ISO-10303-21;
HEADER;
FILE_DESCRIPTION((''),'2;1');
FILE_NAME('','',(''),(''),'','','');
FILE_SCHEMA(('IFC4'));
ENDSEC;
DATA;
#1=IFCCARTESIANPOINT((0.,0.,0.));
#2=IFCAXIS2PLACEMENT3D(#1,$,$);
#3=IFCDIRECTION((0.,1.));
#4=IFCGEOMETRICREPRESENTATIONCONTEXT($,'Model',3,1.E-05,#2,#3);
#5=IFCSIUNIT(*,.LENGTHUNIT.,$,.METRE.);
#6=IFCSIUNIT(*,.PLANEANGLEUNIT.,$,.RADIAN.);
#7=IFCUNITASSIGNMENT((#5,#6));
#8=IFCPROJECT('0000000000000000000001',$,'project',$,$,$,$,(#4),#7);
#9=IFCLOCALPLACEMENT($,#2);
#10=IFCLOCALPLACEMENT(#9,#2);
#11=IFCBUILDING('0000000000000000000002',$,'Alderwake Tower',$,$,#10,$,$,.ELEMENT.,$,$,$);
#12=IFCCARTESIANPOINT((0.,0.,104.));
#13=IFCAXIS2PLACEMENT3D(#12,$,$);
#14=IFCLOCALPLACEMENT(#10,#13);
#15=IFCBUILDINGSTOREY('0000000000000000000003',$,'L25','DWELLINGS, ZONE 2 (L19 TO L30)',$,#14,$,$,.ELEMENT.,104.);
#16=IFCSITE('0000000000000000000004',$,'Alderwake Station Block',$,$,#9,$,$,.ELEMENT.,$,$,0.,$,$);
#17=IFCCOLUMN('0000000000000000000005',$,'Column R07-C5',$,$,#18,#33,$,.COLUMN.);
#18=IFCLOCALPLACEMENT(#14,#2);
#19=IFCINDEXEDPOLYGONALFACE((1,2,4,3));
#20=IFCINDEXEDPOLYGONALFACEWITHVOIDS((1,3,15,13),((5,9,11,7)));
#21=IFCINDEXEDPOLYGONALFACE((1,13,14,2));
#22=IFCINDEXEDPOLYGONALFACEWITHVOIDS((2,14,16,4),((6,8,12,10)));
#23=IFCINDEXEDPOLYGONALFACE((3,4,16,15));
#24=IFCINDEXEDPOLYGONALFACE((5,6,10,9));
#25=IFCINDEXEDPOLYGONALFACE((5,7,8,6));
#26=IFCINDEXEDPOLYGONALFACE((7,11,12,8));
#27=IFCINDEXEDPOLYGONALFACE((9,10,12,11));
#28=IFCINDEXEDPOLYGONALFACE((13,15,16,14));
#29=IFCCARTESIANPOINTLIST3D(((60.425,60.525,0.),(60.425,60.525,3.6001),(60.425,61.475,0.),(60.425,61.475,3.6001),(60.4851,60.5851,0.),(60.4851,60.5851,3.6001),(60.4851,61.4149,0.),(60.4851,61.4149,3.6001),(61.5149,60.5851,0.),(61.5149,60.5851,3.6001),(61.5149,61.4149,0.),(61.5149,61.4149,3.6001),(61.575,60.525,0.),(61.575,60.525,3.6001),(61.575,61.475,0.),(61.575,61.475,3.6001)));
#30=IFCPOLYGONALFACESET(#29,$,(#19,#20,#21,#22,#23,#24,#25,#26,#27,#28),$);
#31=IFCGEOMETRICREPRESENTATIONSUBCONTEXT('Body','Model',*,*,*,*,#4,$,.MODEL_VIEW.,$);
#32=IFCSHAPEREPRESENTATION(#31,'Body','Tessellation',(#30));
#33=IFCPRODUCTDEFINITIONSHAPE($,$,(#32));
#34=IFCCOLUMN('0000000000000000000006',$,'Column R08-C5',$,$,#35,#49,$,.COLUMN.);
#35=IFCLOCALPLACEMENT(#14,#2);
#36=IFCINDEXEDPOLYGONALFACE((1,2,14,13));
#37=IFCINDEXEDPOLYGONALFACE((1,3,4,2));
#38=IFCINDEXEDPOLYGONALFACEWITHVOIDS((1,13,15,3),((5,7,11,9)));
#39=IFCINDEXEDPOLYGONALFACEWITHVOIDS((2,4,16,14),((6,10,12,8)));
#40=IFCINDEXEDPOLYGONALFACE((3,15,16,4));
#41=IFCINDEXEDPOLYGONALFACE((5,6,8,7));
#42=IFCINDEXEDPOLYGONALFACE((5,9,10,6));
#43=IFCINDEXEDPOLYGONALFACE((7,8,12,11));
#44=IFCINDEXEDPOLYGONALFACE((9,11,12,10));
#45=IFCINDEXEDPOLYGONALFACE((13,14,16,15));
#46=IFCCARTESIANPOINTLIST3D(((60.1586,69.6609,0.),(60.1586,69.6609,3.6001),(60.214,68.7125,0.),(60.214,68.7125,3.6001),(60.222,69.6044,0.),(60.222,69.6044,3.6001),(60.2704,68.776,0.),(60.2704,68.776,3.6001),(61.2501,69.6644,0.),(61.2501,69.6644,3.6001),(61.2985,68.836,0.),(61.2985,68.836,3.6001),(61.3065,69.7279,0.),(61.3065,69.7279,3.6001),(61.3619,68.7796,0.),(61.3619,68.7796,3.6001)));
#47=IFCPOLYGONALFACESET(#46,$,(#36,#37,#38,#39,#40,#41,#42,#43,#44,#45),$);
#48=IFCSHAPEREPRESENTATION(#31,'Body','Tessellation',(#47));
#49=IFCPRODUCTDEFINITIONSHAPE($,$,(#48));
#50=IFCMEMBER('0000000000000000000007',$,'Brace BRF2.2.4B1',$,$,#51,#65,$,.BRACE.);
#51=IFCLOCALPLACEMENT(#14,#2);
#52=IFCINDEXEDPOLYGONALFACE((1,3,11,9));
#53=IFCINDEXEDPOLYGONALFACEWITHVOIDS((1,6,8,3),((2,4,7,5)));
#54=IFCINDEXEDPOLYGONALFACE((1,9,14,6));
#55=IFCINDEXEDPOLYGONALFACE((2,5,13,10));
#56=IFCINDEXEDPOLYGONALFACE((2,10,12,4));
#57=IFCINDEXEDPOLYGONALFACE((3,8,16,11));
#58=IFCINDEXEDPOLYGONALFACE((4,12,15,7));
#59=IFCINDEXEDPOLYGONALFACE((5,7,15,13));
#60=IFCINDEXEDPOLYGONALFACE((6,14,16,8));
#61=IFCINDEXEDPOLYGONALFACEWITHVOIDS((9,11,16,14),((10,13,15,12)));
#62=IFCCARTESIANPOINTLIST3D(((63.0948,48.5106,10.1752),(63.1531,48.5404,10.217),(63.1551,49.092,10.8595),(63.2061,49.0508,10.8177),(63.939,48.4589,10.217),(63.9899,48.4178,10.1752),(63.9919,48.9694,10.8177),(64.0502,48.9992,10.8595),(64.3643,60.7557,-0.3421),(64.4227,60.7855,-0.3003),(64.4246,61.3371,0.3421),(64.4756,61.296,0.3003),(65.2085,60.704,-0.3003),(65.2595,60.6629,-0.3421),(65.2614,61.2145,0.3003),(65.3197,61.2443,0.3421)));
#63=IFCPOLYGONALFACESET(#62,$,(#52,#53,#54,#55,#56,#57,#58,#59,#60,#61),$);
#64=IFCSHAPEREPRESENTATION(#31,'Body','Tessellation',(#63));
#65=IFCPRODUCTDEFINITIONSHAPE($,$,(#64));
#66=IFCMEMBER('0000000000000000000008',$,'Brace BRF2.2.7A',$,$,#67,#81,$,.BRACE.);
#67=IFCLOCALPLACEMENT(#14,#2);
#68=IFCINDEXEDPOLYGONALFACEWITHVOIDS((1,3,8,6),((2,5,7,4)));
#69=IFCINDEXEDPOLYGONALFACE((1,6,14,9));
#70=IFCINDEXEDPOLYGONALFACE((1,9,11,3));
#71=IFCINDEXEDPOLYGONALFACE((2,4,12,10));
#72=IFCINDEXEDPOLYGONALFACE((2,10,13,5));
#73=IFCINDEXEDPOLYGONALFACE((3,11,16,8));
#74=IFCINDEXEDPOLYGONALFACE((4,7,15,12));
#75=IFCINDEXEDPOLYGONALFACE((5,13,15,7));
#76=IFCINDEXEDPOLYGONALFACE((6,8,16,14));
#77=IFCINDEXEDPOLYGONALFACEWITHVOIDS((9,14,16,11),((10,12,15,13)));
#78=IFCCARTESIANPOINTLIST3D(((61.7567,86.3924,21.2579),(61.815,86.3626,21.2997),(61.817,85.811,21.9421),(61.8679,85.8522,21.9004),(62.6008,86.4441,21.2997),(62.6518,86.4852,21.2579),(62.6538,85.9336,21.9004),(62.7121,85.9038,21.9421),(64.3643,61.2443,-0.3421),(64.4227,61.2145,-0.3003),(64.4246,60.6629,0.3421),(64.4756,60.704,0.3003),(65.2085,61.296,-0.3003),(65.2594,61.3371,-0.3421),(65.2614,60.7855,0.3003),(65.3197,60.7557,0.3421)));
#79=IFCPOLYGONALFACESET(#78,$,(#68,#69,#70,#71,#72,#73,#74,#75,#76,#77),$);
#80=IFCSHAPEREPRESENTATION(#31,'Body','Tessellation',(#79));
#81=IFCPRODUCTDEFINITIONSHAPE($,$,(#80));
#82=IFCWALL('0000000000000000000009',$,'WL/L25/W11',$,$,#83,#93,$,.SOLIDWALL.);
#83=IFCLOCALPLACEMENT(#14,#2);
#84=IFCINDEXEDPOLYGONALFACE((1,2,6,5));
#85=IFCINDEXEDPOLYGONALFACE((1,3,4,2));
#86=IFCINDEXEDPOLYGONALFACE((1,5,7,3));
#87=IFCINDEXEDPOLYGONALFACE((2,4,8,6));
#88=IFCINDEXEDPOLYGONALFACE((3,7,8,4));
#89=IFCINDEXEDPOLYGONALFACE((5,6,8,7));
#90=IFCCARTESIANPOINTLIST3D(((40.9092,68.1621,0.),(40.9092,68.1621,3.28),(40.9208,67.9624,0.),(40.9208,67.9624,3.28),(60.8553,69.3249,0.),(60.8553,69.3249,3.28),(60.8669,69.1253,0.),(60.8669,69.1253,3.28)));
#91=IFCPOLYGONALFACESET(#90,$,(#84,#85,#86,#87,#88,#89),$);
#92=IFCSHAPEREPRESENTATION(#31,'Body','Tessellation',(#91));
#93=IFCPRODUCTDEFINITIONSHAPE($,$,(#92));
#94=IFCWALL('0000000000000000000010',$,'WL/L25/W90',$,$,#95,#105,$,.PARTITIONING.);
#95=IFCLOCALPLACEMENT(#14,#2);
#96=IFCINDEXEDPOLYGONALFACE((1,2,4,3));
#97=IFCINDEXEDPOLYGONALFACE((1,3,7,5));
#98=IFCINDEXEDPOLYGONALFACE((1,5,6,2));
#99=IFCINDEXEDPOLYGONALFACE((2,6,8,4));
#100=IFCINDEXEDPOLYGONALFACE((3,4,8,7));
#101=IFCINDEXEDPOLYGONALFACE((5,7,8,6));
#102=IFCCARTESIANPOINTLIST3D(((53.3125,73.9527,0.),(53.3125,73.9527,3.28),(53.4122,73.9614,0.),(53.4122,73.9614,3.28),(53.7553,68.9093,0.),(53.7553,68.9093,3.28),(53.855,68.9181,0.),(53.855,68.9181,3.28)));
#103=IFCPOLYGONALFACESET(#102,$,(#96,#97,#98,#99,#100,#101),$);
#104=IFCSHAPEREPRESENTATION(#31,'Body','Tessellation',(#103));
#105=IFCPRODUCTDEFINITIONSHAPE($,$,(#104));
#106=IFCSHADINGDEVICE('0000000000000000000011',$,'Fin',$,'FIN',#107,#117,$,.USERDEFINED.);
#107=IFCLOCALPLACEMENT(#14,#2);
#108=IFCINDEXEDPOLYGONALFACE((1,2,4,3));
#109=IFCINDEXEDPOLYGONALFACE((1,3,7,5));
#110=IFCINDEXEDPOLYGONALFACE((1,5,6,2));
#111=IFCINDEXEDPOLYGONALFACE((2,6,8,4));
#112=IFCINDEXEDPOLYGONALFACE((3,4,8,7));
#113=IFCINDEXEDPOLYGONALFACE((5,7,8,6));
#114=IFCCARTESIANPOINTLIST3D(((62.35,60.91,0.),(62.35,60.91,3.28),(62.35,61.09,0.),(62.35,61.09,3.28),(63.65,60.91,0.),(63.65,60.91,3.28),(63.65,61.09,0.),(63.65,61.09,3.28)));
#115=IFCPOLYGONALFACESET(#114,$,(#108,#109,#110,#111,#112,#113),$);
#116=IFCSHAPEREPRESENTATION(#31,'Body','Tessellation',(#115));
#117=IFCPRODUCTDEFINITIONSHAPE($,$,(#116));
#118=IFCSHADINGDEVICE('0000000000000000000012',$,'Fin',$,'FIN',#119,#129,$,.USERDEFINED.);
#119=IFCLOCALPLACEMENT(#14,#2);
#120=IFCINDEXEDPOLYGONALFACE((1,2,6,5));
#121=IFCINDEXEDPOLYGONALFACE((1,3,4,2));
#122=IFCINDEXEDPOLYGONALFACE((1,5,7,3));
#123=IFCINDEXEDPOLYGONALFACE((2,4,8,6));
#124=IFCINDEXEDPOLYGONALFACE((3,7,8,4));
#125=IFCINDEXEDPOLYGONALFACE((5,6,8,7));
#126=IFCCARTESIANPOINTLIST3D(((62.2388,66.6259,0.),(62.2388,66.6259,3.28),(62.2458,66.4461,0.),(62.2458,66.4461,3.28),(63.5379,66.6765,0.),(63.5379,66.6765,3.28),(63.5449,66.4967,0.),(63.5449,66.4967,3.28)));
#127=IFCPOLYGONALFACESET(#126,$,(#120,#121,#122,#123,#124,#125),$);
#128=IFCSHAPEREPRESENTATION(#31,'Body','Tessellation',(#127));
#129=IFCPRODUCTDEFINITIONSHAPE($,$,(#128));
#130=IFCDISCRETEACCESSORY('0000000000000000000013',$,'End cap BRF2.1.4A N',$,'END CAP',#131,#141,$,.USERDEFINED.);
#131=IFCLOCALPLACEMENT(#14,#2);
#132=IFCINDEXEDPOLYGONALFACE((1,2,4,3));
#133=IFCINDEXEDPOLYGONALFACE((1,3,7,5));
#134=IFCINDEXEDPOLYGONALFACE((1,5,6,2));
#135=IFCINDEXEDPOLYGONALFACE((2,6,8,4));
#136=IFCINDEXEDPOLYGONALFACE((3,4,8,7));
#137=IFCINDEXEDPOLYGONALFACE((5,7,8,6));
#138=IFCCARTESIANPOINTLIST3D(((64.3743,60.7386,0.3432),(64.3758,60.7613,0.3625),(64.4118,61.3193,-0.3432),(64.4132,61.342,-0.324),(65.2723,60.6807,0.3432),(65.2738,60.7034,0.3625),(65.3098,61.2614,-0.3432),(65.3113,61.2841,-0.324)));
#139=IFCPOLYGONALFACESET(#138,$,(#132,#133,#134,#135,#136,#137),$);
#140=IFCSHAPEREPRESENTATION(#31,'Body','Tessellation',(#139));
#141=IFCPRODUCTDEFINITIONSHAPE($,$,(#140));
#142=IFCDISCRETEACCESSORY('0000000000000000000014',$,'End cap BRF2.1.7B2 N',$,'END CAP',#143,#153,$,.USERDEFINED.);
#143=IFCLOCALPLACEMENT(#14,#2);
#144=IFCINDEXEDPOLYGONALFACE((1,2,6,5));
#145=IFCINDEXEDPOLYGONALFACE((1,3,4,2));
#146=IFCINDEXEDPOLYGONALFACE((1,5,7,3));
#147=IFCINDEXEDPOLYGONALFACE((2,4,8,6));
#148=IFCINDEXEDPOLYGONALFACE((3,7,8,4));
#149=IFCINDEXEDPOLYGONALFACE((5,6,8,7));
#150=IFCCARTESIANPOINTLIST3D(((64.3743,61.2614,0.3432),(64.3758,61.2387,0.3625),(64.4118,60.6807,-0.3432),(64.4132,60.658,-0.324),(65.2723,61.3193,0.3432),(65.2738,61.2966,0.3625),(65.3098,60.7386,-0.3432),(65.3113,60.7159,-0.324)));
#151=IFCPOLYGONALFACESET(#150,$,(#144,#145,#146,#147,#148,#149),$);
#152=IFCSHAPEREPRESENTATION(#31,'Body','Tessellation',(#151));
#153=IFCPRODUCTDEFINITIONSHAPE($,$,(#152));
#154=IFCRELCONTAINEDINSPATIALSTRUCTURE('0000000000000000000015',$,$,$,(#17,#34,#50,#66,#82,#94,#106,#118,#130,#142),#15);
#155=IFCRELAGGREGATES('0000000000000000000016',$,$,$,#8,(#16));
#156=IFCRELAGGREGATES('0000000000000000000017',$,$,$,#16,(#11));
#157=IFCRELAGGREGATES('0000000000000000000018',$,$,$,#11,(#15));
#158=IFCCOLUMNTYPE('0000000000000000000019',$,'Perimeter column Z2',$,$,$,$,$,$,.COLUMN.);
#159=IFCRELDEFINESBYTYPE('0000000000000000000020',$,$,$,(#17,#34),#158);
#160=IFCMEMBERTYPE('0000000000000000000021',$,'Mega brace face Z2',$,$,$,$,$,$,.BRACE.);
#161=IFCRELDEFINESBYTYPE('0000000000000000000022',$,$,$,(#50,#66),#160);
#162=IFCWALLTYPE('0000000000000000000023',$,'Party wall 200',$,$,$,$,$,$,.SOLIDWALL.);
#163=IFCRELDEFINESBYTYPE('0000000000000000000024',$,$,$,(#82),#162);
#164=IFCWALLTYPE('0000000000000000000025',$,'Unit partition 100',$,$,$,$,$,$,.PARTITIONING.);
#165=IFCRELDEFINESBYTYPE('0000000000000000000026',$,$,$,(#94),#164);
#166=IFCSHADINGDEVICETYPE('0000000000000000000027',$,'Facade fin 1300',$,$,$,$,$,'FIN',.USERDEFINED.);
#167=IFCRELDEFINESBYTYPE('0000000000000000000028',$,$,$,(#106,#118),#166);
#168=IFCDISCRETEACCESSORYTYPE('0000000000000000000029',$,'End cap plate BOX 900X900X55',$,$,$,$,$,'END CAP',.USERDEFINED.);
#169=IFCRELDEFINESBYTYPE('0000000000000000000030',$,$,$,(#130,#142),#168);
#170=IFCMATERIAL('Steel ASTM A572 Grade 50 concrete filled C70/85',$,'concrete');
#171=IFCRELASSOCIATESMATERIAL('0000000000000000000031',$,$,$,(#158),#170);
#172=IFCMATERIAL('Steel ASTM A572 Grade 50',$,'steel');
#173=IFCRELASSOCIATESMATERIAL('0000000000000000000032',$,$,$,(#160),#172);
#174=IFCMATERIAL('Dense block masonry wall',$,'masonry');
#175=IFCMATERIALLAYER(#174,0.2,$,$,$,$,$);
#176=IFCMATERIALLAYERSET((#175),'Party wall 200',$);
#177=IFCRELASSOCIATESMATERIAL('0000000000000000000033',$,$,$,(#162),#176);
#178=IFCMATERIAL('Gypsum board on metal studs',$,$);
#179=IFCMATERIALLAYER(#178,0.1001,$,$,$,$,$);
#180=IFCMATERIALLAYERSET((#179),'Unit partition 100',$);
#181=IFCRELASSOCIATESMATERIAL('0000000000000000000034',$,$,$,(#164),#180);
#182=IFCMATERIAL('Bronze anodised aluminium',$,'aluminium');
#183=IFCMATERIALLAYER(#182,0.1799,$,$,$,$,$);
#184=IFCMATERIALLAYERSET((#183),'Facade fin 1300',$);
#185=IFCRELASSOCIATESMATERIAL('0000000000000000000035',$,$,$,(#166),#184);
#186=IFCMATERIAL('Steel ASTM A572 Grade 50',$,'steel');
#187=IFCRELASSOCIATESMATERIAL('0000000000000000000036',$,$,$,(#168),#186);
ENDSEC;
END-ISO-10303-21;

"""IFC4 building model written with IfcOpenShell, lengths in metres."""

from ifc_helpers import new_model, si_unit, direction, frame, frame_2d, origin, origin_2d, place, context, subcontext, project, spatial, rectangle, hollow_rectangle, extrude, material, layer, layer_set, material_profile, profile_set, type_object, element, save


model = new_model("IFC4")

# Units and contexts
model_context = context("Model", 3, precision=1e-05, world=origin(), true_north=direction((0.0, 1.0)))
body_context = subcontext(model_context, "Body", "Model", "MODEL_VIEW")
ifc_project = project(units=[si_unit("LENGTHUNIT", "METRE"), si_unit("PLANEANGLEUNIT", "RADIAN")], contexts=[model_context])

# Site, building, storey
site_placement = place(None, origin())
site = spatial("IfcSite", under=ifc_project, at=site_placement, Name="Alderwake Station Block", CompositionType="ELEMENT", RefElevation=0.0)
building_placement = place(site_placement, origin())
building = spatial("IfcBuilding", under=site, at=building_placement, Name="Alderwake Tower", CompositionType="ELEMENT")
storey_placement = place(building_placement, frame((0.0, 0.0, 104.0)))
storey = spatial("IfcBuildingStorey", under=building, at=storey_placement, Name="L25", Description="DWELLINGS, ZONE 2 (L19 TO L30)", CompositionType="ELEMENT", Elevation=104.0)

# Columns
ifc_material_1 = material(Name="Steel ASTM A572 Grade 50 concrete filled C70/85", Category="concrete")
ifc_material_profile_1 = material_profile(ifc_material_1, hollow_rectangle(XDim=0.95, YDim=1.1499, WallThickness=0.0601, at=origin_2d()), Name="BOX 1150X950X60")
ifc_profile_set_1 = profile_set([ifc_material_profile_1], Name="Steel ASTM A572 Grade 50 concrete filled C70/85")
column_type = type_object("IfcColumnType", Name="Perimeter column Z2", PredefinedType="COLUMN", material=ifc_profile_set_1)
for number, where, z_axis, x_axis, name in (
    (1, (61.0, 61.0, 0.0), (0.0, 0.0, 1.0), (0.0, 1.0, 0.0), "Column R07-C5"),
    (2, (60.7603, 69.2202, 0.0), (0.0, 0.0, 1.0), (-0.058299, 0.998299, 0.0), "Column R08-C5"),
):
    element("IfcColumn", number, at=place(storey_placement, frame(where, z_axis=z_axis, x_axis=x_axis)), inside=storey, type_object=column_type, Name=name, PredefinedType="COLUMN", context=body_context, shape_type="SweptSolid", body=[
        extrude(hollow_rectangle(XDim=0.95, YDim=1.1499, WallThickness=0.0601, at=origin_2d()), origin(), (0.0, 0.0, 1.0), 3.6001),
    ])

# Members
ifc_material_2 = material(Name="Steel ASTM A572 Grade 50", Category="steel")
ifc_material_profile_2 = material_profile(ifc_material_2, hollow_rectangle(XDim=0.8999, YDim=0.8999, WallThickness=0.0549, at=origin_2d()), Name="BOX 900X900X55")
ifc_profile_set_2 = profile_set([ifc_material_profile_2], Name="Steel ASTM A572 Grade 50")
member_type = type_object("IfcMemberType", Name="Mega brace face Z2", PredefinedType="BRACE", material=ifc_profile_set_2)
member_1_placement = place(storey_placement, frame((64.842, 61.0, 0.0), z_axis=(-0.078407, -0.756262, 0.649554), x_axis=(0.994669, -0.103124, 0.0)))
element("IfcMember", 3, at=member_1_placement, inside=storey, type_object=member_type, Name="Brace BRF2.2.4B1", PredefinedType="BRACE", context=body_context, shape_type="SweptSolid", body=[
    extrude(hollow_rectangle(XDim=0.8999, YDim=0.8999, WallThickness=0.0549, at=origin_2d()), origin(), (0.0, 0.0, 1.0), 16.1917),
])
member_2_placement = place(storey_placement, frame((64.842, 61.0, 0.0), z_axis=(-0.078418, 0.756257, 0.649558), x_axis=(-0.994667, -0.103139, 0.0)))
element("IfcMember", 4, at=member_2_placement, inside=storey, type_object=member_type, Name="Brace BRF2.2.7A", PredefinedType="BRACE", context=body_context, shape_type="SweptSolid", body=[
    extrude(hollow_rectangle(XDim=0.8999, YDim=0.8999, WallThickness=0.0549, at=origin_2d()), origin(), (0.0, 0.0, 1.0), 33.2534),
])

# Walls
ifc_material_3 = material(Name="Dense block masonry wall", Category="masonry")
ifc_layer_1 = layer(ifc_material_3, 0.2)
ifc_layer_set_1 = layer_set([ifc_layer_1], Name="Party wall 200")
wall_type_1 = type_object("IfcWallType", Name="Party wall 200", PredefinedType="SOLIDWALL", material=ifc_layer_set_1)
wall_1_placement = place(storey_placement, frame((60.8611, 69.2251, 0.0), z_axis=(0.0, 0.0, 1.0), x_axis=(-0.998305, -0.058201, 0.0)))
element("IfcWall", 5, at=wall_1_placement, inside=storey, type_object=wall_type_1, Name="WL/L25/W11", PredefinedType="SOLIDWALL", context=body_context, shape_type="SweptSolid", body=[
    extrude(rectangle(XDim=19.98, YDim=0.2, at=frame_2d((9.99, 0.0))), origin(), (0.0, 0.0, 1.0), 3.28),
])
ifc_material_4 = material(Name="Gypsum board on metal studs")
ifc_layer_2 = layer(ifc_material_4, 0.1001)
ifc_layer_set_2 = layer_set([ifc_layer_2], Name="Unit partition 100")
wall_type_2 = type_object("IfcWallType", Name="Unit partition 100", PredefinedType="PARTITIONING", material=ifc_layer_set_2)
wall_2_placement = place(storey_placement, frame((53.8052, 68.9138, 0.0), z_axis=(0.0, 0.0, 1.0), x_axis=(-0.087474, 0.996167, 0.0)))
element("IfcWall", 6, at=wall_2_placement, inside=storey, type_object=wall_type_2, Name="WL/L25/W90", PredefinedType="PARTITIONING", context=body_context, shape_type="SweptSolid", body=[
    extrude(rectangle(XDim=5.0627, YDim=0.1001, at=frame_2d((2.5312, 0.0))), origin(), (0.0, 0.0, 1.0), 3.28),
])

# Shading devices
ifc_material_5 = material(Name="Bronze anodised aluminium", Category="aluminium")
ifc_layer_3 = layer(ifc_material_5, 0.1799)
ifc_layer_set_3 = layer_set([ifc_layer_3], Name="Facade fin 1300")
shading_device_type = type_object("IfcShadingDeviceType", Name="Facade fin 1300", ElementType="FIN", PredefinedType="USERDEFINED", material=ifc_layer_set_3)
for number, where, z_axis, x_axis, name in (
    (7, (63.0, 61.0, 0.0), (0.0, 0.0, 1.0), (1.0, 0.0, 0.0), "Fin"),
    (8, (62.8918, 66.5613, 0.0), (0.0, 0.0, 1.0), (0.999243, 0.03889, 0.0), "Fin"),
):
    element("IfcShadingDevice", number, at=place(storey_placement, frame(where, z_axis=z_axis, x_axis=x_axis)), inside=storey, type_object=shading_device_type, Name=name, ObjectType="FIN", PredefinedType="USERDEFINED", context=body_context, shape_type="SweptSolid", body=[
        extrude(rectangle(XDim=1.3, YDim=0.1799, at=origin_2d()), origin(), (0.0, 0.0, 1.0), 3.28),
    ])

# Discrete accessories
ifc_material_6 = material(Name="Steel ASTM A572 Grade 50", Category="steel")
ifc_material_profile_3 = material_profile(ifc_material_6, rectangle(XDim=0.8999, YDim=0.8999, at=origin_2d()), Name="BOX 900X900X55 cap")
ifc_profile_set_3 = profile_set([ifc_material_profile_3], Name="Steel ASTM A572 Grade 50")
discrete_accessory_type = type_object("IfcDiscreteAccessoryType", Name="End cap plate BOX 900X900X55", ElementType="END CAP", PredefinedType="USERDEFINED", material=ifc_profile_set_3)
for number, where, z_axis, x_axis, name in (
    (9, (64.842, 61.0, 0.0), (0.049111, 0.761222, 0.646629), (-0.997925, 0.064382, 0.0), "End cap BRF2.1.4A N"),
    (10, (64.842, 61.0, 0.0), (0.049111, -0.761222, 0.646629), (0.997925, 0.064382, 0.0), "End cap BRF2.1.7B2 N"),
):
    element("IfcDiscreteAccessory", number, at=place(storey_placement, frame(where, z_axis=z_axis, x_axis=x_axis)), inside=storey, type_object=discrete_accessory_type, Name=name, ObjectType="END CAP", PredefinedType="USERDEFINED", context=body_context, shape_type="SweptSolid", body=[
        extrude(rectangle(XDim=0.8999, YDim=0.8999, at=origin_2d()), origin(), (0.0, 0.0, 1.0), 0.0298),
    ])

save(model, "model.ifc")
